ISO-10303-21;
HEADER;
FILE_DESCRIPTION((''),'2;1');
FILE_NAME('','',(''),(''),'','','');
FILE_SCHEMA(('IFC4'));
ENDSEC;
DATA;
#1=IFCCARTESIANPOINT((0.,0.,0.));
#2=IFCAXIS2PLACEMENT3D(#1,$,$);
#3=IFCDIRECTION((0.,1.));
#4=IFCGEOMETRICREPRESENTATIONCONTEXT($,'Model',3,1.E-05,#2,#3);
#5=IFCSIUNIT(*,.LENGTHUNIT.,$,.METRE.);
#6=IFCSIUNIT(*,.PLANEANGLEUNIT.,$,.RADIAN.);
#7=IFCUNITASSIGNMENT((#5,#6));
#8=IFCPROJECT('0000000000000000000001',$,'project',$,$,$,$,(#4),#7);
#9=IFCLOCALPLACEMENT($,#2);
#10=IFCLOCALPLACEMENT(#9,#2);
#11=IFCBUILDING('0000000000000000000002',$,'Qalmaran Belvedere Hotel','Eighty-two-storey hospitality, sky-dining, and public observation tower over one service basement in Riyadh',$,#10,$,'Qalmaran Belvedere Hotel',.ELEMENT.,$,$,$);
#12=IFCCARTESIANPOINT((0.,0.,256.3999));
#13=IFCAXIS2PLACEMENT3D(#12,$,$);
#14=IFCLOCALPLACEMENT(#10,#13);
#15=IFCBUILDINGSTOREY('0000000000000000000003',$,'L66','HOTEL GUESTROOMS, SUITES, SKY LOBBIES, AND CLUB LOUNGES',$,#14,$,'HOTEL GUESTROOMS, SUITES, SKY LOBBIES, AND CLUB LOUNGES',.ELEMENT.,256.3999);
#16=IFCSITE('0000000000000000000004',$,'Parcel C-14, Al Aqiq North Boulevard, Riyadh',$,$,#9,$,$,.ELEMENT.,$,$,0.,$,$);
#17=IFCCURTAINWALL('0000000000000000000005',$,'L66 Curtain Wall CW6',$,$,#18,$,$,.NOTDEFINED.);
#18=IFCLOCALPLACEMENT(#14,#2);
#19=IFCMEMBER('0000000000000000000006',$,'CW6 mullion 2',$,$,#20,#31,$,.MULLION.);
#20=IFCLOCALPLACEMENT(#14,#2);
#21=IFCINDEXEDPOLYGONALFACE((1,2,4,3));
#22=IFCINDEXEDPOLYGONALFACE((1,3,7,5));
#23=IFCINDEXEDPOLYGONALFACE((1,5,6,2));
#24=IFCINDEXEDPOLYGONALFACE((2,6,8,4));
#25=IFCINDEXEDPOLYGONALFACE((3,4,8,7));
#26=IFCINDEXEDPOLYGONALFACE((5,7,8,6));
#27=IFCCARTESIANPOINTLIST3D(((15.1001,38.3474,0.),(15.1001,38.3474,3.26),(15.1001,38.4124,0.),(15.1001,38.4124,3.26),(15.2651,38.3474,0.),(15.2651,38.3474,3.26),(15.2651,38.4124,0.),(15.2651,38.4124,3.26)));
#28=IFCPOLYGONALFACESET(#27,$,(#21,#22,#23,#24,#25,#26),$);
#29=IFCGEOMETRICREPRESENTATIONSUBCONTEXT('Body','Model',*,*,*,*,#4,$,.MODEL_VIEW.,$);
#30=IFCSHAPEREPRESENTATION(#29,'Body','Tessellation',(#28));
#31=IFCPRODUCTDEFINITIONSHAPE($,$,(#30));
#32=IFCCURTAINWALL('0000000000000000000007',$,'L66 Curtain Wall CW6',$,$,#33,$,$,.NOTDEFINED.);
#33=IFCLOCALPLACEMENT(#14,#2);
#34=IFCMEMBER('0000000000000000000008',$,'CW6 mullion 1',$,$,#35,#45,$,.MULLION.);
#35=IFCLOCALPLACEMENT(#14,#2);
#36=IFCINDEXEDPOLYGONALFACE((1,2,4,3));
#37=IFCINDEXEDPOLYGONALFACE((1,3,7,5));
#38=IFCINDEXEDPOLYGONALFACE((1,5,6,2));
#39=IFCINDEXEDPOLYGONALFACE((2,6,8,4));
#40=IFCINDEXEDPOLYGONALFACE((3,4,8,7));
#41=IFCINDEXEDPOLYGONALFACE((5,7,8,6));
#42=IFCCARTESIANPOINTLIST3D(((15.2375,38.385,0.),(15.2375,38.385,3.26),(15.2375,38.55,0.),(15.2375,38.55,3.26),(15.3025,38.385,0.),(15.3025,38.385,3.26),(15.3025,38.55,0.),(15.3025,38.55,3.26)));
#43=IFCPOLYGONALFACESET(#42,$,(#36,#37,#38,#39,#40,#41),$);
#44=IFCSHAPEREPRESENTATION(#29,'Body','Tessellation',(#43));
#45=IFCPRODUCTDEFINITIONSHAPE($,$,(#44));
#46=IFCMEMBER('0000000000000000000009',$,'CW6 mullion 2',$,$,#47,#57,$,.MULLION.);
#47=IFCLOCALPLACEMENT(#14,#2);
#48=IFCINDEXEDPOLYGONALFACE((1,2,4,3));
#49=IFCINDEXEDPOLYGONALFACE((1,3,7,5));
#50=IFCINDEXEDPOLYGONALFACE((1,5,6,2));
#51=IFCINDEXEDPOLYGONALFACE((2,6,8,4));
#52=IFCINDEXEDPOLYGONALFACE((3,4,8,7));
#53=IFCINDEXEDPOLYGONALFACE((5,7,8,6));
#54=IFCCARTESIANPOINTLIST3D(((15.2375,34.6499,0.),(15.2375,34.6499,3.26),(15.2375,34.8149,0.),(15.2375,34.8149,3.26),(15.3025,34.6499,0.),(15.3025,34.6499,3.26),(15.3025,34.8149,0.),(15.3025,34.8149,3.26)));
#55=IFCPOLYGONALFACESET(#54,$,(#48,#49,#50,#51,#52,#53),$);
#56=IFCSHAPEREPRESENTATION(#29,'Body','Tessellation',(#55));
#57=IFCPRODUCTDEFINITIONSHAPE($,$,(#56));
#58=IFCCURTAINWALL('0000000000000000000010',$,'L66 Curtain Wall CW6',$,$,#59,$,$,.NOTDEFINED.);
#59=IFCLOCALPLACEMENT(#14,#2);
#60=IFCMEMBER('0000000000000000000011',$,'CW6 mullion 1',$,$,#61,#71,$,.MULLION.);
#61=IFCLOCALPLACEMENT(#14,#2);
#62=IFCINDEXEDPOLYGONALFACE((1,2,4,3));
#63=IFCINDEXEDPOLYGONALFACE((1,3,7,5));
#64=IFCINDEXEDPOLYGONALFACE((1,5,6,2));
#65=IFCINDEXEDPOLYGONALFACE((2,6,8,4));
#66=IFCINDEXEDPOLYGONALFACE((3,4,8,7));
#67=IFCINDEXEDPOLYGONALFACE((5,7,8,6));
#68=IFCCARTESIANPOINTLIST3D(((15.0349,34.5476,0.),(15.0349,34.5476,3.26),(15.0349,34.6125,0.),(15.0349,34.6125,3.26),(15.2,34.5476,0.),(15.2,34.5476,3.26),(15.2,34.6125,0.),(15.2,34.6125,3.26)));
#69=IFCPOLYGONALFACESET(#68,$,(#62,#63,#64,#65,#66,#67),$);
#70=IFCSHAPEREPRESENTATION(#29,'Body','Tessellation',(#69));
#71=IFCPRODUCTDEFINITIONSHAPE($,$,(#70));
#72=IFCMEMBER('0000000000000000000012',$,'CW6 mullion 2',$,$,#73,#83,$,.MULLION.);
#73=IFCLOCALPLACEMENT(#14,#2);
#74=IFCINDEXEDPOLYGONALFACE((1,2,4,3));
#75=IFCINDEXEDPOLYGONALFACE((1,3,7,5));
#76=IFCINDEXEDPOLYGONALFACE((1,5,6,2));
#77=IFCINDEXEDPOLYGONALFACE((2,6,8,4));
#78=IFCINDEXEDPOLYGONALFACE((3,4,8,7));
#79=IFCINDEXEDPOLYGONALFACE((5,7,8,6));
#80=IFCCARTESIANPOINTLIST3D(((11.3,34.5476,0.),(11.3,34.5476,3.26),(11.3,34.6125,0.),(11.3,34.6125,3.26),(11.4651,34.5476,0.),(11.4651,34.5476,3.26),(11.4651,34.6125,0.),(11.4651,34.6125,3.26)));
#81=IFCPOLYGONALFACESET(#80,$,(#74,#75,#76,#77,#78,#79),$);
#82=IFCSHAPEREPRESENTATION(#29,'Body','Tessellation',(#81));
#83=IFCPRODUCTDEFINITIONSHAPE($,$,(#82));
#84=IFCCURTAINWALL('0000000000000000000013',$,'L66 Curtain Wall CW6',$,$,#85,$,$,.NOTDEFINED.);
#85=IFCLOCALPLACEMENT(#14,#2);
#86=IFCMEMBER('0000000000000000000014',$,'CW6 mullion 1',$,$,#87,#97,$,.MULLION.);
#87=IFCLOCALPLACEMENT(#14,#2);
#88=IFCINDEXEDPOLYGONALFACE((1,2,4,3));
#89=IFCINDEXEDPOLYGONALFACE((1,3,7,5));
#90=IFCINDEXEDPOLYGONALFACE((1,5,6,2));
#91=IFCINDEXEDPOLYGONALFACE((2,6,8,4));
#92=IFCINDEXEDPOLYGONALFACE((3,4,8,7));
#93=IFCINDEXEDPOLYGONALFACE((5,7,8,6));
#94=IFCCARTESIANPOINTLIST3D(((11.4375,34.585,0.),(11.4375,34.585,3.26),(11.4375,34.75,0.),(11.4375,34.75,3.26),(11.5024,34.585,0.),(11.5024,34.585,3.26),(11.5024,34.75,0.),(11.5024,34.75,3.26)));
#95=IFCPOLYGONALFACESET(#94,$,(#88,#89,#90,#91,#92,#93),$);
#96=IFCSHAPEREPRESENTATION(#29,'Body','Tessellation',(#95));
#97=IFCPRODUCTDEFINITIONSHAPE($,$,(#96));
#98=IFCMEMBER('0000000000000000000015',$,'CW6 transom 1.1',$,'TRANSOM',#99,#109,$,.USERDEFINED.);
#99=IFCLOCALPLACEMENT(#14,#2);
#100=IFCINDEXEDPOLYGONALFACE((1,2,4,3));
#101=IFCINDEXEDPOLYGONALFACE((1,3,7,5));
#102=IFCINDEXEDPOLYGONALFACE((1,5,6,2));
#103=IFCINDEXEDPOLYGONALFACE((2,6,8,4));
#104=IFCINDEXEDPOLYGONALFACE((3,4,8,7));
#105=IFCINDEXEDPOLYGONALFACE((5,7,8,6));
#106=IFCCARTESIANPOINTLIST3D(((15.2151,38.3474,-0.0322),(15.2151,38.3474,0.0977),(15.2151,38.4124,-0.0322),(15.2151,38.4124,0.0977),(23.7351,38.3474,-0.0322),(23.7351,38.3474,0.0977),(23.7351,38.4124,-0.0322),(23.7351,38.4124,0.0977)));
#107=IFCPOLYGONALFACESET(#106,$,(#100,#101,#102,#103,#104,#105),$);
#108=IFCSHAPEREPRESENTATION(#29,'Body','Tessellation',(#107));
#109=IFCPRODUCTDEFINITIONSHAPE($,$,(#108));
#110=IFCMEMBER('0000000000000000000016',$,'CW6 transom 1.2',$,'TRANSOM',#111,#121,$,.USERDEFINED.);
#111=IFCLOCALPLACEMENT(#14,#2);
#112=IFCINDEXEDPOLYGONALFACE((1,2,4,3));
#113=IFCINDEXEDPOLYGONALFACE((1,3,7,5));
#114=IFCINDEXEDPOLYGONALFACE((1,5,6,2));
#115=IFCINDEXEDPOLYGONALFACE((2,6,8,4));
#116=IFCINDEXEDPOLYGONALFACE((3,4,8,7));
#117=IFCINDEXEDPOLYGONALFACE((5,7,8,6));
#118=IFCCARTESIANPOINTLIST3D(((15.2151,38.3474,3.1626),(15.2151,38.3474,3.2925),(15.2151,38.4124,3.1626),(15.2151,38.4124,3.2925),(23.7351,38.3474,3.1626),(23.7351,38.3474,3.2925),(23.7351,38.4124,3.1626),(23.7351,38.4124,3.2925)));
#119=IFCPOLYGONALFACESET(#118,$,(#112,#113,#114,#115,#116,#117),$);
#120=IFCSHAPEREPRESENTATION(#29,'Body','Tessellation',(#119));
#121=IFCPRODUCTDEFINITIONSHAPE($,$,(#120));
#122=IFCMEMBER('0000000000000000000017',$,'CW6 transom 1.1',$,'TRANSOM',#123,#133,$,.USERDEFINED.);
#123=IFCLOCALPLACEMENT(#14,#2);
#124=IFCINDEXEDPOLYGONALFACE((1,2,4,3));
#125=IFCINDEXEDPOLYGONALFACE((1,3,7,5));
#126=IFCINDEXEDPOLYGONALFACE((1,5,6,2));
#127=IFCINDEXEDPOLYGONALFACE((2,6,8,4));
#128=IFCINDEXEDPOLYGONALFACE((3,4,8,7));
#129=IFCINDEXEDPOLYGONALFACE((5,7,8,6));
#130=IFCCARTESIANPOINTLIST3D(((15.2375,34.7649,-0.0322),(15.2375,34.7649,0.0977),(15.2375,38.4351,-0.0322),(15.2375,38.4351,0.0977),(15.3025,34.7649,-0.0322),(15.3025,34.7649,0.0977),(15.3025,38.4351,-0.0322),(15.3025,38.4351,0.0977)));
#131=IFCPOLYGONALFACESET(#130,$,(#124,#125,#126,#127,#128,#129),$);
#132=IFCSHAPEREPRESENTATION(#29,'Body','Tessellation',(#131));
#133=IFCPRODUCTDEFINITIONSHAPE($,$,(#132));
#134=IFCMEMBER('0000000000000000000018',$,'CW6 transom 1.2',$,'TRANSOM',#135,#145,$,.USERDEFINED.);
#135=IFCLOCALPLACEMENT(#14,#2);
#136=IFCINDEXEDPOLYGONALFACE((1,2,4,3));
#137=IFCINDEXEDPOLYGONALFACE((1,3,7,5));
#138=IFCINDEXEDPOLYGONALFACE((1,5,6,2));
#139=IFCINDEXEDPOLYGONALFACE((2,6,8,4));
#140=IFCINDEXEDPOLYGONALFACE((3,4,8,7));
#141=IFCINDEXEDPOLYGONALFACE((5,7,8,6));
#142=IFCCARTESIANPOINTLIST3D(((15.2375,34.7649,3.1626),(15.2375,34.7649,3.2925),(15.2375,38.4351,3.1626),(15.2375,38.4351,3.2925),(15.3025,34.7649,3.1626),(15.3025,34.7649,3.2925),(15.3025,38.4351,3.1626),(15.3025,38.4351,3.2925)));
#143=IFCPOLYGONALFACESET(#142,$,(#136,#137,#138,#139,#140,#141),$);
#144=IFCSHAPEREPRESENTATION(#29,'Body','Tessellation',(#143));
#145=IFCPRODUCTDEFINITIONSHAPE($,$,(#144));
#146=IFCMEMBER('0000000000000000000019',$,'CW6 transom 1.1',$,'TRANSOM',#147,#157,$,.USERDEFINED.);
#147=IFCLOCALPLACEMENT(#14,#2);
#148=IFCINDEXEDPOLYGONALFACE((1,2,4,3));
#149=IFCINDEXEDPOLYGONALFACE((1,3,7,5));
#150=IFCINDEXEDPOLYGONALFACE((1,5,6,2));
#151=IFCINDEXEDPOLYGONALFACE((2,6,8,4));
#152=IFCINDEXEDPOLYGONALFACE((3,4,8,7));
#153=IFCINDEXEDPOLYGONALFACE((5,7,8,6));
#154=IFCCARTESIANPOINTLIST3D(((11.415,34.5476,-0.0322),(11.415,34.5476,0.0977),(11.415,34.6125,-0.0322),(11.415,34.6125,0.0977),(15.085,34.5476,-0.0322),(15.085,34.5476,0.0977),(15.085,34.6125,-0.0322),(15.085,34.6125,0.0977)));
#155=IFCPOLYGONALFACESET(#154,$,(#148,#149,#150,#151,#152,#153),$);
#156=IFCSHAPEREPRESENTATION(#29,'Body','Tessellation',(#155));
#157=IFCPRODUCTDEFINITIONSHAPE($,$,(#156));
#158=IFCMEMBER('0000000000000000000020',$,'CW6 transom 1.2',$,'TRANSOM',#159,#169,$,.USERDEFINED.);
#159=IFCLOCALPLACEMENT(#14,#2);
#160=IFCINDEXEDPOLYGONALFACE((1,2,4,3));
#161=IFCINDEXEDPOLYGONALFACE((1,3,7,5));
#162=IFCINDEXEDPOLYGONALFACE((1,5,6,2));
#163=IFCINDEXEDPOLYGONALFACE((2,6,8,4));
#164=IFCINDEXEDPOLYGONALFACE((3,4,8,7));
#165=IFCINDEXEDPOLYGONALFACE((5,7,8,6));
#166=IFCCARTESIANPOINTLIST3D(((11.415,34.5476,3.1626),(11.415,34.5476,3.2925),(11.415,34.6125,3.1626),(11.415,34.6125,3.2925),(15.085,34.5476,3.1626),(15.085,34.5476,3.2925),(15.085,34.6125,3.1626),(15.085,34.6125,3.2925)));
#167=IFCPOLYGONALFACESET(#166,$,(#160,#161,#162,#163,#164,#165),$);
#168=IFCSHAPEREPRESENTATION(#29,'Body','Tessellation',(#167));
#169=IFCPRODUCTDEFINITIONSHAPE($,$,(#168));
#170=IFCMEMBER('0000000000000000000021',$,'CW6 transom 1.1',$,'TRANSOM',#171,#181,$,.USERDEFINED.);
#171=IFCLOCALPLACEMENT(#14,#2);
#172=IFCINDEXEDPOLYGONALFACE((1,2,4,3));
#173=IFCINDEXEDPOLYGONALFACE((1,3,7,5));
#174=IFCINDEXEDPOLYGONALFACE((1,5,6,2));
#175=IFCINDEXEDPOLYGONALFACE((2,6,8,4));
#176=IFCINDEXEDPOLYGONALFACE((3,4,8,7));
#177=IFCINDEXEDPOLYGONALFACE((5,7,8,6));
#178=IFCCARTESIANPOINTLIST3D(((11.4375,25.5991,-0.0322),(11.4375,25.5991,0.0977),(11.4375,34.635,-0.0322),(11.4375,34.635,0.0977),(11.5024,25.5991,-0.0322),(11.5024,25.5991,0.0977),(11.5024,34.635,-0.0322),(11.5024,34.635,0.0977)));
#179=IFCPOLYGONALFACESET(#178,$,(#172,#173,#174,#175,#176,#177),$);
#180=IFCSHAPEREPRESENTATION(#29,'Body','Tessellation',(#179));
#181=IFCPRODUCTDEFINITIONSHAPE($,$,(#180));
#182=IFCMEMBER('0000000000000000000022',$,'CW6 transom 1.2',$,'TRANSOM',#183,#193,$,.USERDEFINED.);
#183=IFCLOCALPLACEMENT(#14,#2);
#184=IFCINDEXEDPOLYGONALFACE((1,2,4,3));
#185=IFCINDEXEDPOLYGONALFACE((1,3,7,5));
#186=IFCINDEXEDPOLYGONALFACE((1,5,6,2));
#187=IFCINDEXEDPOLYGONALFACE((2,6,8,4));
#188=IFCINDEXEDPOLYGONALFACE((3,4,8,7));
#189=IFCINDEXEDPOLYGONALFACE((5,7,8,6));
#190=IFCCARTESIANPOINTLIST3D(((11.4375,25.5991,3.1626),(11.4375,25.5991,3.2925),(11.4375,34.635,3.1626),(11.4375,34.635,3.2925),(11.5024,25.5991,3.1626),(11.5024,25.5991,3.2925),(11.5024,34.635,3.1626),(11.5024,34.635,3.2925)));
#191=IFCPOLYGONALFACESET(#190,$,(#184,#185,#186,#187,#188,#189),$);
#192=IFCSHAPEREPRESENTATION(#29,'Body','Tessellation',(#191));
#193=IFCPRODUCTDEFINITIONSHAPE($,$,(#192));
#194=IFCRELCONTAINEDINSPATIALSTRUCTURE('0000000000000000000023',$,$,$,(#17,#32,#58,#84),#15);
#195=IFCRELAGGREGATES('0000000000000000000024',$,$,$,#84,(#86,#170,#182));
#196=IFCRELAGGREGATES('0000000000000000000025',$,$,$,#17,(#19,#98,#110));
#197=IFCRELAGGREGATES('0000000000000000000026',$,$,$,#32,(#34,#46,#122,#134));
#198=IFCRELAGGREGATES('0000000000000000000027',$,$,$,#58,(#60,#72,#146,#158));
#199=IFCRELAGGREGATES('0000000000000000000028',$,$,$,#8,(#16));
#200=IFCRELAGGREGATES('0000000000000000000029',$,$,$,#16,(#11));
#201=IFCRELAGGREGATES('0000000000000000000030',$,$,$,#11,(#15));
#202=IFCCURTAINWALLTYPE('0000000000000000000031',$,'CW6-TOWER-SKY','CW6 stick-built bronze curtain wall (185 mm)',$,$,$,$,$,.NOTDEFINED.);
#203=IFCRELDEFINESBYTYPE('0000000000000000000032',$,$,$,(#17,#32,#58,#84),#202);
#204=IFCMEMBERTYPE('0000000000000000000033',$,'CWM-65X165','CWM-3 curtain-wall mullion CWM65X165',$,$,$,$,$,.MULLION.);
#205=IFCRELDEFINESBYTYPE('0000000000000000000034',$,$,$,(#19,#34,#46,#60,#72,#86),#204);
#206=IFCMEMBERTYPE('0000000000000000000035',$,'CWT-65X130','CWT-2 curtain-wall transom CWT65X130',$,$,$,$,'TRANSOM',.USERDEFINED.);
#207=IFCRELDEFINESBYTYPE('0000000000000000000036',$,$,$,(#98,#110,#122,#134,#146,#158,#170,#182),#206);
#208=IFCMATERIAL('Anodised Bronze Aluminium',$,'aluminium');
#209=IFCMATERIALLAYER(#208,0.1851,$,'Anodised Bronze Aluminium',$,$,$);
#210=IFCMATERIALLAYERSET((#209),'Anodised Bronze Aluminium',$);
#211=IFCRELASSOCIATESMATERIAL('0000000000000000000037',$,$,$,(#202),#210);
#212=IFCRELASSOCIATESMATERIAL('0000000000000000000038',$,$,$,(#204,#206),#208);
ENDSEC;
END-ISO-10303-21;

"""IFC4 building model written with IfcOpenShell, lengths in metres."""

from ifc_helpers import new_model, si_unit, direction, frame, origin, origin_2d, place, context, subcontext, project, spatial, rectangle, extrude, material, layer, layer_set, material_profile, profile_set, type_object, element, aggregate, save


model = new_model("IFC4")

# Units and contexts
model_context = context("Model", 3, precision=1e-05, world=origin(), true_north=direction((0.0, 1.0)))
body_context = subcontext(model_context, "Body", "Model", "MODEL_VIEW")
ifc_project = project(units=[si_unit("LENGTHUNIT", "METRE"), si_unit("PLANEANGLEUNIT", "RADIAN")], contexts=[model_context])

# Site, building, storey
site_placement = place(None, origin())
site = spatial("IfcSite", under=ifc_project, at=site_placement, Name="Parcel C-14, Al Aqiq North Boulevard, Riyadh", CompositionType="ELEMENT", RefElevation=0.0)
building_placement = place(site_placement, origin())
building = spatial("IfcBuilding", under=site, at=building_placement, Name="Qalmaran Belvedere Hotel", Description="Eighty-two-storey hospitality, sky-dining, and public observation tower over one service basement in Riyadh", LongName="Qalmaran Belvedere Hotel", CompositionType="ELEMENT")
storey_placement = place(building_placement, frame((0.0, 0.0, 256.3999)))
storey = spatial("IfcBuildingStorey", under=building, at=storey_placement, Name="L66", Description="HOTEL GUESTROOMS, SUITES, SKY LOBBIES, AND CLUB LOUNGES", LongName="HOTEL GUESTROOMS, SUITES, SKY LOBBIES, AND CLUB LOUNGES", CompositionType="ELEMENT", Elevation=256.3999)

# Curtain walls, members
ifc_material_1 = material(Name="Anodised Bronze Aluminium", Category="aluminium")
ifc_layer_1 = layer(ifc_material_1, 0.1851, Name="Anodised Bronze Aluminium")
ifc_layer_set_1 = layer_set([ifc_layer_1], Name="Anodised Bronze Aluminium")
curtain_wall_type = type_object("IfcCurtainWallType", Name="CW6-TOWER-SKY", Description="CW6 stick-built bronze curtain wall (185 mm)", PredefinedType="NOTDEFINED", material=ifc_layer_set_1)
curtain_wall_1_placement = place(storey_placement, origin())
curtain_wall_1 = element("IfcCurtainWall", 1, at=curtain_wall_1_placement, inside=storey, type_object=curtain_wall_type, Name="L66 Curtain Wall CW6", PredefinedType="NOTDEFINED")
ifc_material_profile_1 = material_profile(ifc_material_1, rectangle(XDim=0.0649, YDim=0.165, at=origin_2d()), Name="CWM65X165")
ifc_profile_set_1 = profile_set([ifc_material_profile_1], Name="Anodised Bronze Aluminium")
member_type_1 = type_object("IfcMemberType", Name="CWM-65X165", Description="CWM-3 curtain-wall mullion CWM65X165", PredefinedType="MULLION", material=ifc_profile_set_1)
member_1_placement = place(storey_placement, frame((15.1826, 38.3799, 0.0), z_axis=(0.0, 0.0, 1.0), x_axis=(0.0, -1.0, 0.0)))
member_1 = element("IfcMember", 2, at=member_1_placement, type_object=member_type_1, Name="CW6 mullion 2", PredefinedType="MULLION", context=body_context, shape_type="SweptSolid", body=[
    extrude(rectangle(XDim=0.0649, YDim=0.165, at=origin_2d()), origin(), (0.0, 0.0, 1.0), 3.26),
])
curtain_wall_2_placement = place(storey_placement, origin())
curtain_wall_2 = element("IfcCurtainWall", 3, at=curtain_wall_2_placement, inside=storey, type_object=curtain_wall_type, Name="L66 Curtain Wall CW6", PredefinedType="NOTDEFINED")
member_2_placement = place(storey_placement, frame((15.27, 38.4675, 0.0), z_axis=(0.0, 0.0, 1.0), x_axis=(1.0, 0.0, 0.0)))
member_2 = element("IfcMember", 4, at=member_2_placement, type_object=member_type_1, Name="CW6 mullion 1", PredefinedType="MULLION", context=body_context, shape_type="SweptSolid", body=[
    extrude(rectangle(XDim=0.0649, YDim=0.165, at=origin_2d()), origin(), (0.0, 0.0, 1.0), 3.26),
])
member_3_placement = place(storey_placement, frame((15.27, 34.7324, 0.0), z_axis=(0.0, 0.0, 1.0), x_axis=(1.0, 0.0, 0.0)))
member_3 = element("IfcMember", 5, at=member_3_placement, type_object=member_type_1, Name="CW6 mullion 2", PredefinedType="MULLION", context=body_context, shape_type="SweptSolid", body=[
    extrude(rectangle(XDim=0.0649, YDim=0.165, at=origin_2d()), origin(), (0.0, 0.0, 1.0), 3.26),
])
curtain_wall_3_placement = place(storey_placement, origin())
curtain_wall_3 = element("IfcCurtainWall", 6, at=curtain_wall_3_placement, inside=storey, type_object=curtain_wall_type, Name="L66 Curtain Wall CW6", PredefinedType="NOTDEFINED")
member_4_placement = place(storey_placement, frame((15.1174, 34.5801, 0.0), z_axis=(0.0, 0.0, 1.0), x_axis=(0.0, -1.0, 0.0)))
member_4 = element("IfcMember", 7, at=member_4_placement, type_object=member_type_1, Name="CW6 mullion 1", PredefinedType="MULLION", context=body_context, shape_type="SweptSolid", body=[
    extrude(rectangle(XDim=0.0649, YDim=0.165, at=origin_2d()), origin(), (0.0, 0.0, 1.0), 3.26),
])
member_5_placement = place(storey_placement, frame((11.3826, 34.5801, 0.0), z_axis=(0.0, 0.0, 1.0), x_axis=(0.0, -1.0, 0.0)))
member_5 = element("IfcMember", 8, at=member_5_placement, type_object=member_type_1, Name="CW6 mullion 2", PredefinedType="MULLION", context=body_context, shape_type="SweptSolid", body=[
    extrude(rectangle(XDim=0.0649, YDim=0.165, at=origin_2d()), origin(), (0.0, 0.0, 1.0), 3.26),
])

# Curtain wall, member
curtain_wall_4_placement = place(storey_placement, origin())
curtain_wall_4 = element("IfcCurtainWall", 9, at=curtain_wall_4_placement, inside=storey, type_object=curtain_wall_type, Name="L66 Curtain Wall CW6", PredefinedType="NOTDEFINED")
member_6_placement = place(storey_placement, frame((11.47, 34.6675, 0.0), z_axis=(0.0, 0.0, 1.0), x_axis=(1.0, 0.0, 0.0)))
member_6 = element("IfcMember", 10, at=member_6_placement, type_object=member_type_1, Name="CW6 mullion 1", PredefinedType="MULLION", context=body_context, shape_type="SweptSolid", body=[
    extrude(rectangle(XDim=0.0649, YDim=0.165, at=origin_2d()), origin(), (0.0, 0.0, 1.0), 3.26),
])

# Members
ifc_material_profile_2 = material_profile(ifc_material_1, rectangle(XDim=0.0649, YDim=0.1299, at=origin_2d()), Name="CWT65X130")
ifc_profile_set_2 = profile_set([ifc_material_profile_2], Name="Anodised Bronze Aluminium")
member_type_2 = type_object("IfcMemberType", Name="CWT-65X130", Description="CWT-2 curtain-wall transom CWT65X130", ElementType="TRANSOM", PredefinedType="USERDEFINED", material=ifc_profile_set_2)
member_7_placement = place(storey_placement, frame((23.7351, 38.3799, 0.0327), z_axis=(-1.0, 0.0, 0.0), x_axis=(0.0, -1.0, 0.0)))
member_7 = element("IfcMember", 11, at=member_7_placement, type_object=member_type_2, Name="CW6 transom 1.1", ObjectType="TRANSOM", PredefinedType="USERDEFINED", context=body_context, shape_type="SweptSolid", body=[
    extrude(rectangle(XDim=0.0649, YDim=0.1299, at=origin_2d()), origin(), (0.0, 0.0, 1.0), 8.52),
])
member_8_placement = place(storey_placement, frame((23.7351, 38.3799, 3.2275), z_axis=(-1.0, 0.0, 0.0), x_axis=(0.0, -1.0, 0.0)))
member_8 = element("IfcMember", 12, at=member_8_placement, type_object=member_type_2, Name="CW6 transom 1.2", ObjectType="TRANSOM", PredefinedType="USERDEFINED", context=body_context, shape_type="SweptSolid", body=[
    extrude(rectangle(XDim=0.0649, YDim=0.1299, at=origin_2d()), origin(), (0.0, 0.0, 1.0), 8.52),
])
member_9_placement = place(storey_placement, frame((15.27, 38.4351, 0.0327), z_axis=(0.0, -1.0, 0.0), x_axis=(1.0, 0.0, 0.0)))
member_9 = element("IfcMember", 13, at=member_9_placement, type_object=member_type_2, Name="CW6 transom 1.1", ObjectType="TRANSOM", PredefinedType="USERDEFINED", context=body_context, shape_type="SweptSolid", body=[
    extrude(rectangle(XDim=0.0649, YDim=0.1299, at=origin_2d()), origin(), (0.0, 0.0, 1.0), 3.6702),
])
member_10_placement = place(storey_placement, frame((15.27, 38.4351, 3.2275), z_axis=(0.0, -1.0, 0.0), x_axis=(1.0, 0.0, 0.0)))
member_10 = element("IfcMember", 14, at=member_10_placement, type_object=member_type_2, Name="CW6 transom 1.2", ObjectType="TRANSOM", PredefinedType="USERDEFINED", context=body_context, shape_type="SweptSolid", body=[
    extrude(rectangle(XDim=0.0649, YDim=0.1299, at=origin_2d()), origin(), (0.0, 0.0, 1.0), 3.6702),
])
member_11_placement = place(storey_placement, frame((15.085, 34.5801, 0.0327), z_axis=(-1.0, 0.0, 0.0), x_axis=(0.0, -1.0, 0.0)))
member_11 = element("IfcMember", 15, at=member_11_placement, type_object=member_type_2, Name="CW6 transom 1.1", ObjectType="TRANSOM", PredefinedType="USERDEFINED", context=body_context, shape_type="SweptSolid", body=[
    extrude(rectangle(XDim=0.0649, YDim=0.1299, at=origin_2d()), origin(), (0.0, 0.0, 1.0), 3.6699),
])
member_12_placement = place(storey_placement, frame((15.085, 34.5801, 3.2275), z_axis=(-1.0, 0.0, 0.0), x_axis=(0.0, -1.0, 0.0)))
member_12 = element("IfcMember", 16, at=member_12_placement, type_object=member_type_2, Name="CW6 transom 1.2", ObjectType="TRANSOM", PredefinedType="USERDEFINED", context=body_context, shape_type="SweptSolid", body=[
    extrude(rectangle(XDim=0.0649, YDim=0.1299, at=origin_2d()), origin(), (0.0, 0.0, 1.0), 3.6699),
])
member_13_placement = place(storey_placement, frame((11.47, 34.635, 0.0327), z_axis=(0.0, -1.0, 0.0), x_axis=(1.0, 0.0, 0.0)))
member_13 = element("IfcMember", 17, at=member_13_placement, type_object=member_type_2, Name="CW6 transom 1.1", ObjectType="TRANSOM", PredefinedType="USERDEFINED", context=body_context, shape_type="SweptSolid", body=[
    extrude(rectangle(XDim=0.0649, YDim=0.1299, at=origin_2d()), origin(), (0.0, 0.0, 1.0), 9.0359),
])
member_14_placement = place(storey_placement, frame((11.47, 34.635, 3.2275), z_axis=(0.0, -1.0, 0.0), x_axis=(1.0, 0.0, 0.0)))
member_14 = element("IfcMember", 18, at=member_14_placement, type_object=member_type_2, Name="CW6 transom 1.2", ObjectType="TRANSOM", PredefinedType="USERDEFINED", context=body_context, shape_type="SweptSolid", body=[
    extrude(rectangle(XDim=0.0649, YDim=0.1299, at=origin_2d()), origin(), (0.0, 0.0, 1.0), 9.0359),
])
aggregate(curtain_wall_4, [member_6, member_13, member_14])

aggregate(curtain_wall_1, [member_1, member_7, member_8])
aggregate(curtain_wall_2, [member_2, member_3, member_9, member_10])
aggregate(curtain_wall_3, [member_4, member_5, member_11, member_12])

save(model, "model.ifc")
